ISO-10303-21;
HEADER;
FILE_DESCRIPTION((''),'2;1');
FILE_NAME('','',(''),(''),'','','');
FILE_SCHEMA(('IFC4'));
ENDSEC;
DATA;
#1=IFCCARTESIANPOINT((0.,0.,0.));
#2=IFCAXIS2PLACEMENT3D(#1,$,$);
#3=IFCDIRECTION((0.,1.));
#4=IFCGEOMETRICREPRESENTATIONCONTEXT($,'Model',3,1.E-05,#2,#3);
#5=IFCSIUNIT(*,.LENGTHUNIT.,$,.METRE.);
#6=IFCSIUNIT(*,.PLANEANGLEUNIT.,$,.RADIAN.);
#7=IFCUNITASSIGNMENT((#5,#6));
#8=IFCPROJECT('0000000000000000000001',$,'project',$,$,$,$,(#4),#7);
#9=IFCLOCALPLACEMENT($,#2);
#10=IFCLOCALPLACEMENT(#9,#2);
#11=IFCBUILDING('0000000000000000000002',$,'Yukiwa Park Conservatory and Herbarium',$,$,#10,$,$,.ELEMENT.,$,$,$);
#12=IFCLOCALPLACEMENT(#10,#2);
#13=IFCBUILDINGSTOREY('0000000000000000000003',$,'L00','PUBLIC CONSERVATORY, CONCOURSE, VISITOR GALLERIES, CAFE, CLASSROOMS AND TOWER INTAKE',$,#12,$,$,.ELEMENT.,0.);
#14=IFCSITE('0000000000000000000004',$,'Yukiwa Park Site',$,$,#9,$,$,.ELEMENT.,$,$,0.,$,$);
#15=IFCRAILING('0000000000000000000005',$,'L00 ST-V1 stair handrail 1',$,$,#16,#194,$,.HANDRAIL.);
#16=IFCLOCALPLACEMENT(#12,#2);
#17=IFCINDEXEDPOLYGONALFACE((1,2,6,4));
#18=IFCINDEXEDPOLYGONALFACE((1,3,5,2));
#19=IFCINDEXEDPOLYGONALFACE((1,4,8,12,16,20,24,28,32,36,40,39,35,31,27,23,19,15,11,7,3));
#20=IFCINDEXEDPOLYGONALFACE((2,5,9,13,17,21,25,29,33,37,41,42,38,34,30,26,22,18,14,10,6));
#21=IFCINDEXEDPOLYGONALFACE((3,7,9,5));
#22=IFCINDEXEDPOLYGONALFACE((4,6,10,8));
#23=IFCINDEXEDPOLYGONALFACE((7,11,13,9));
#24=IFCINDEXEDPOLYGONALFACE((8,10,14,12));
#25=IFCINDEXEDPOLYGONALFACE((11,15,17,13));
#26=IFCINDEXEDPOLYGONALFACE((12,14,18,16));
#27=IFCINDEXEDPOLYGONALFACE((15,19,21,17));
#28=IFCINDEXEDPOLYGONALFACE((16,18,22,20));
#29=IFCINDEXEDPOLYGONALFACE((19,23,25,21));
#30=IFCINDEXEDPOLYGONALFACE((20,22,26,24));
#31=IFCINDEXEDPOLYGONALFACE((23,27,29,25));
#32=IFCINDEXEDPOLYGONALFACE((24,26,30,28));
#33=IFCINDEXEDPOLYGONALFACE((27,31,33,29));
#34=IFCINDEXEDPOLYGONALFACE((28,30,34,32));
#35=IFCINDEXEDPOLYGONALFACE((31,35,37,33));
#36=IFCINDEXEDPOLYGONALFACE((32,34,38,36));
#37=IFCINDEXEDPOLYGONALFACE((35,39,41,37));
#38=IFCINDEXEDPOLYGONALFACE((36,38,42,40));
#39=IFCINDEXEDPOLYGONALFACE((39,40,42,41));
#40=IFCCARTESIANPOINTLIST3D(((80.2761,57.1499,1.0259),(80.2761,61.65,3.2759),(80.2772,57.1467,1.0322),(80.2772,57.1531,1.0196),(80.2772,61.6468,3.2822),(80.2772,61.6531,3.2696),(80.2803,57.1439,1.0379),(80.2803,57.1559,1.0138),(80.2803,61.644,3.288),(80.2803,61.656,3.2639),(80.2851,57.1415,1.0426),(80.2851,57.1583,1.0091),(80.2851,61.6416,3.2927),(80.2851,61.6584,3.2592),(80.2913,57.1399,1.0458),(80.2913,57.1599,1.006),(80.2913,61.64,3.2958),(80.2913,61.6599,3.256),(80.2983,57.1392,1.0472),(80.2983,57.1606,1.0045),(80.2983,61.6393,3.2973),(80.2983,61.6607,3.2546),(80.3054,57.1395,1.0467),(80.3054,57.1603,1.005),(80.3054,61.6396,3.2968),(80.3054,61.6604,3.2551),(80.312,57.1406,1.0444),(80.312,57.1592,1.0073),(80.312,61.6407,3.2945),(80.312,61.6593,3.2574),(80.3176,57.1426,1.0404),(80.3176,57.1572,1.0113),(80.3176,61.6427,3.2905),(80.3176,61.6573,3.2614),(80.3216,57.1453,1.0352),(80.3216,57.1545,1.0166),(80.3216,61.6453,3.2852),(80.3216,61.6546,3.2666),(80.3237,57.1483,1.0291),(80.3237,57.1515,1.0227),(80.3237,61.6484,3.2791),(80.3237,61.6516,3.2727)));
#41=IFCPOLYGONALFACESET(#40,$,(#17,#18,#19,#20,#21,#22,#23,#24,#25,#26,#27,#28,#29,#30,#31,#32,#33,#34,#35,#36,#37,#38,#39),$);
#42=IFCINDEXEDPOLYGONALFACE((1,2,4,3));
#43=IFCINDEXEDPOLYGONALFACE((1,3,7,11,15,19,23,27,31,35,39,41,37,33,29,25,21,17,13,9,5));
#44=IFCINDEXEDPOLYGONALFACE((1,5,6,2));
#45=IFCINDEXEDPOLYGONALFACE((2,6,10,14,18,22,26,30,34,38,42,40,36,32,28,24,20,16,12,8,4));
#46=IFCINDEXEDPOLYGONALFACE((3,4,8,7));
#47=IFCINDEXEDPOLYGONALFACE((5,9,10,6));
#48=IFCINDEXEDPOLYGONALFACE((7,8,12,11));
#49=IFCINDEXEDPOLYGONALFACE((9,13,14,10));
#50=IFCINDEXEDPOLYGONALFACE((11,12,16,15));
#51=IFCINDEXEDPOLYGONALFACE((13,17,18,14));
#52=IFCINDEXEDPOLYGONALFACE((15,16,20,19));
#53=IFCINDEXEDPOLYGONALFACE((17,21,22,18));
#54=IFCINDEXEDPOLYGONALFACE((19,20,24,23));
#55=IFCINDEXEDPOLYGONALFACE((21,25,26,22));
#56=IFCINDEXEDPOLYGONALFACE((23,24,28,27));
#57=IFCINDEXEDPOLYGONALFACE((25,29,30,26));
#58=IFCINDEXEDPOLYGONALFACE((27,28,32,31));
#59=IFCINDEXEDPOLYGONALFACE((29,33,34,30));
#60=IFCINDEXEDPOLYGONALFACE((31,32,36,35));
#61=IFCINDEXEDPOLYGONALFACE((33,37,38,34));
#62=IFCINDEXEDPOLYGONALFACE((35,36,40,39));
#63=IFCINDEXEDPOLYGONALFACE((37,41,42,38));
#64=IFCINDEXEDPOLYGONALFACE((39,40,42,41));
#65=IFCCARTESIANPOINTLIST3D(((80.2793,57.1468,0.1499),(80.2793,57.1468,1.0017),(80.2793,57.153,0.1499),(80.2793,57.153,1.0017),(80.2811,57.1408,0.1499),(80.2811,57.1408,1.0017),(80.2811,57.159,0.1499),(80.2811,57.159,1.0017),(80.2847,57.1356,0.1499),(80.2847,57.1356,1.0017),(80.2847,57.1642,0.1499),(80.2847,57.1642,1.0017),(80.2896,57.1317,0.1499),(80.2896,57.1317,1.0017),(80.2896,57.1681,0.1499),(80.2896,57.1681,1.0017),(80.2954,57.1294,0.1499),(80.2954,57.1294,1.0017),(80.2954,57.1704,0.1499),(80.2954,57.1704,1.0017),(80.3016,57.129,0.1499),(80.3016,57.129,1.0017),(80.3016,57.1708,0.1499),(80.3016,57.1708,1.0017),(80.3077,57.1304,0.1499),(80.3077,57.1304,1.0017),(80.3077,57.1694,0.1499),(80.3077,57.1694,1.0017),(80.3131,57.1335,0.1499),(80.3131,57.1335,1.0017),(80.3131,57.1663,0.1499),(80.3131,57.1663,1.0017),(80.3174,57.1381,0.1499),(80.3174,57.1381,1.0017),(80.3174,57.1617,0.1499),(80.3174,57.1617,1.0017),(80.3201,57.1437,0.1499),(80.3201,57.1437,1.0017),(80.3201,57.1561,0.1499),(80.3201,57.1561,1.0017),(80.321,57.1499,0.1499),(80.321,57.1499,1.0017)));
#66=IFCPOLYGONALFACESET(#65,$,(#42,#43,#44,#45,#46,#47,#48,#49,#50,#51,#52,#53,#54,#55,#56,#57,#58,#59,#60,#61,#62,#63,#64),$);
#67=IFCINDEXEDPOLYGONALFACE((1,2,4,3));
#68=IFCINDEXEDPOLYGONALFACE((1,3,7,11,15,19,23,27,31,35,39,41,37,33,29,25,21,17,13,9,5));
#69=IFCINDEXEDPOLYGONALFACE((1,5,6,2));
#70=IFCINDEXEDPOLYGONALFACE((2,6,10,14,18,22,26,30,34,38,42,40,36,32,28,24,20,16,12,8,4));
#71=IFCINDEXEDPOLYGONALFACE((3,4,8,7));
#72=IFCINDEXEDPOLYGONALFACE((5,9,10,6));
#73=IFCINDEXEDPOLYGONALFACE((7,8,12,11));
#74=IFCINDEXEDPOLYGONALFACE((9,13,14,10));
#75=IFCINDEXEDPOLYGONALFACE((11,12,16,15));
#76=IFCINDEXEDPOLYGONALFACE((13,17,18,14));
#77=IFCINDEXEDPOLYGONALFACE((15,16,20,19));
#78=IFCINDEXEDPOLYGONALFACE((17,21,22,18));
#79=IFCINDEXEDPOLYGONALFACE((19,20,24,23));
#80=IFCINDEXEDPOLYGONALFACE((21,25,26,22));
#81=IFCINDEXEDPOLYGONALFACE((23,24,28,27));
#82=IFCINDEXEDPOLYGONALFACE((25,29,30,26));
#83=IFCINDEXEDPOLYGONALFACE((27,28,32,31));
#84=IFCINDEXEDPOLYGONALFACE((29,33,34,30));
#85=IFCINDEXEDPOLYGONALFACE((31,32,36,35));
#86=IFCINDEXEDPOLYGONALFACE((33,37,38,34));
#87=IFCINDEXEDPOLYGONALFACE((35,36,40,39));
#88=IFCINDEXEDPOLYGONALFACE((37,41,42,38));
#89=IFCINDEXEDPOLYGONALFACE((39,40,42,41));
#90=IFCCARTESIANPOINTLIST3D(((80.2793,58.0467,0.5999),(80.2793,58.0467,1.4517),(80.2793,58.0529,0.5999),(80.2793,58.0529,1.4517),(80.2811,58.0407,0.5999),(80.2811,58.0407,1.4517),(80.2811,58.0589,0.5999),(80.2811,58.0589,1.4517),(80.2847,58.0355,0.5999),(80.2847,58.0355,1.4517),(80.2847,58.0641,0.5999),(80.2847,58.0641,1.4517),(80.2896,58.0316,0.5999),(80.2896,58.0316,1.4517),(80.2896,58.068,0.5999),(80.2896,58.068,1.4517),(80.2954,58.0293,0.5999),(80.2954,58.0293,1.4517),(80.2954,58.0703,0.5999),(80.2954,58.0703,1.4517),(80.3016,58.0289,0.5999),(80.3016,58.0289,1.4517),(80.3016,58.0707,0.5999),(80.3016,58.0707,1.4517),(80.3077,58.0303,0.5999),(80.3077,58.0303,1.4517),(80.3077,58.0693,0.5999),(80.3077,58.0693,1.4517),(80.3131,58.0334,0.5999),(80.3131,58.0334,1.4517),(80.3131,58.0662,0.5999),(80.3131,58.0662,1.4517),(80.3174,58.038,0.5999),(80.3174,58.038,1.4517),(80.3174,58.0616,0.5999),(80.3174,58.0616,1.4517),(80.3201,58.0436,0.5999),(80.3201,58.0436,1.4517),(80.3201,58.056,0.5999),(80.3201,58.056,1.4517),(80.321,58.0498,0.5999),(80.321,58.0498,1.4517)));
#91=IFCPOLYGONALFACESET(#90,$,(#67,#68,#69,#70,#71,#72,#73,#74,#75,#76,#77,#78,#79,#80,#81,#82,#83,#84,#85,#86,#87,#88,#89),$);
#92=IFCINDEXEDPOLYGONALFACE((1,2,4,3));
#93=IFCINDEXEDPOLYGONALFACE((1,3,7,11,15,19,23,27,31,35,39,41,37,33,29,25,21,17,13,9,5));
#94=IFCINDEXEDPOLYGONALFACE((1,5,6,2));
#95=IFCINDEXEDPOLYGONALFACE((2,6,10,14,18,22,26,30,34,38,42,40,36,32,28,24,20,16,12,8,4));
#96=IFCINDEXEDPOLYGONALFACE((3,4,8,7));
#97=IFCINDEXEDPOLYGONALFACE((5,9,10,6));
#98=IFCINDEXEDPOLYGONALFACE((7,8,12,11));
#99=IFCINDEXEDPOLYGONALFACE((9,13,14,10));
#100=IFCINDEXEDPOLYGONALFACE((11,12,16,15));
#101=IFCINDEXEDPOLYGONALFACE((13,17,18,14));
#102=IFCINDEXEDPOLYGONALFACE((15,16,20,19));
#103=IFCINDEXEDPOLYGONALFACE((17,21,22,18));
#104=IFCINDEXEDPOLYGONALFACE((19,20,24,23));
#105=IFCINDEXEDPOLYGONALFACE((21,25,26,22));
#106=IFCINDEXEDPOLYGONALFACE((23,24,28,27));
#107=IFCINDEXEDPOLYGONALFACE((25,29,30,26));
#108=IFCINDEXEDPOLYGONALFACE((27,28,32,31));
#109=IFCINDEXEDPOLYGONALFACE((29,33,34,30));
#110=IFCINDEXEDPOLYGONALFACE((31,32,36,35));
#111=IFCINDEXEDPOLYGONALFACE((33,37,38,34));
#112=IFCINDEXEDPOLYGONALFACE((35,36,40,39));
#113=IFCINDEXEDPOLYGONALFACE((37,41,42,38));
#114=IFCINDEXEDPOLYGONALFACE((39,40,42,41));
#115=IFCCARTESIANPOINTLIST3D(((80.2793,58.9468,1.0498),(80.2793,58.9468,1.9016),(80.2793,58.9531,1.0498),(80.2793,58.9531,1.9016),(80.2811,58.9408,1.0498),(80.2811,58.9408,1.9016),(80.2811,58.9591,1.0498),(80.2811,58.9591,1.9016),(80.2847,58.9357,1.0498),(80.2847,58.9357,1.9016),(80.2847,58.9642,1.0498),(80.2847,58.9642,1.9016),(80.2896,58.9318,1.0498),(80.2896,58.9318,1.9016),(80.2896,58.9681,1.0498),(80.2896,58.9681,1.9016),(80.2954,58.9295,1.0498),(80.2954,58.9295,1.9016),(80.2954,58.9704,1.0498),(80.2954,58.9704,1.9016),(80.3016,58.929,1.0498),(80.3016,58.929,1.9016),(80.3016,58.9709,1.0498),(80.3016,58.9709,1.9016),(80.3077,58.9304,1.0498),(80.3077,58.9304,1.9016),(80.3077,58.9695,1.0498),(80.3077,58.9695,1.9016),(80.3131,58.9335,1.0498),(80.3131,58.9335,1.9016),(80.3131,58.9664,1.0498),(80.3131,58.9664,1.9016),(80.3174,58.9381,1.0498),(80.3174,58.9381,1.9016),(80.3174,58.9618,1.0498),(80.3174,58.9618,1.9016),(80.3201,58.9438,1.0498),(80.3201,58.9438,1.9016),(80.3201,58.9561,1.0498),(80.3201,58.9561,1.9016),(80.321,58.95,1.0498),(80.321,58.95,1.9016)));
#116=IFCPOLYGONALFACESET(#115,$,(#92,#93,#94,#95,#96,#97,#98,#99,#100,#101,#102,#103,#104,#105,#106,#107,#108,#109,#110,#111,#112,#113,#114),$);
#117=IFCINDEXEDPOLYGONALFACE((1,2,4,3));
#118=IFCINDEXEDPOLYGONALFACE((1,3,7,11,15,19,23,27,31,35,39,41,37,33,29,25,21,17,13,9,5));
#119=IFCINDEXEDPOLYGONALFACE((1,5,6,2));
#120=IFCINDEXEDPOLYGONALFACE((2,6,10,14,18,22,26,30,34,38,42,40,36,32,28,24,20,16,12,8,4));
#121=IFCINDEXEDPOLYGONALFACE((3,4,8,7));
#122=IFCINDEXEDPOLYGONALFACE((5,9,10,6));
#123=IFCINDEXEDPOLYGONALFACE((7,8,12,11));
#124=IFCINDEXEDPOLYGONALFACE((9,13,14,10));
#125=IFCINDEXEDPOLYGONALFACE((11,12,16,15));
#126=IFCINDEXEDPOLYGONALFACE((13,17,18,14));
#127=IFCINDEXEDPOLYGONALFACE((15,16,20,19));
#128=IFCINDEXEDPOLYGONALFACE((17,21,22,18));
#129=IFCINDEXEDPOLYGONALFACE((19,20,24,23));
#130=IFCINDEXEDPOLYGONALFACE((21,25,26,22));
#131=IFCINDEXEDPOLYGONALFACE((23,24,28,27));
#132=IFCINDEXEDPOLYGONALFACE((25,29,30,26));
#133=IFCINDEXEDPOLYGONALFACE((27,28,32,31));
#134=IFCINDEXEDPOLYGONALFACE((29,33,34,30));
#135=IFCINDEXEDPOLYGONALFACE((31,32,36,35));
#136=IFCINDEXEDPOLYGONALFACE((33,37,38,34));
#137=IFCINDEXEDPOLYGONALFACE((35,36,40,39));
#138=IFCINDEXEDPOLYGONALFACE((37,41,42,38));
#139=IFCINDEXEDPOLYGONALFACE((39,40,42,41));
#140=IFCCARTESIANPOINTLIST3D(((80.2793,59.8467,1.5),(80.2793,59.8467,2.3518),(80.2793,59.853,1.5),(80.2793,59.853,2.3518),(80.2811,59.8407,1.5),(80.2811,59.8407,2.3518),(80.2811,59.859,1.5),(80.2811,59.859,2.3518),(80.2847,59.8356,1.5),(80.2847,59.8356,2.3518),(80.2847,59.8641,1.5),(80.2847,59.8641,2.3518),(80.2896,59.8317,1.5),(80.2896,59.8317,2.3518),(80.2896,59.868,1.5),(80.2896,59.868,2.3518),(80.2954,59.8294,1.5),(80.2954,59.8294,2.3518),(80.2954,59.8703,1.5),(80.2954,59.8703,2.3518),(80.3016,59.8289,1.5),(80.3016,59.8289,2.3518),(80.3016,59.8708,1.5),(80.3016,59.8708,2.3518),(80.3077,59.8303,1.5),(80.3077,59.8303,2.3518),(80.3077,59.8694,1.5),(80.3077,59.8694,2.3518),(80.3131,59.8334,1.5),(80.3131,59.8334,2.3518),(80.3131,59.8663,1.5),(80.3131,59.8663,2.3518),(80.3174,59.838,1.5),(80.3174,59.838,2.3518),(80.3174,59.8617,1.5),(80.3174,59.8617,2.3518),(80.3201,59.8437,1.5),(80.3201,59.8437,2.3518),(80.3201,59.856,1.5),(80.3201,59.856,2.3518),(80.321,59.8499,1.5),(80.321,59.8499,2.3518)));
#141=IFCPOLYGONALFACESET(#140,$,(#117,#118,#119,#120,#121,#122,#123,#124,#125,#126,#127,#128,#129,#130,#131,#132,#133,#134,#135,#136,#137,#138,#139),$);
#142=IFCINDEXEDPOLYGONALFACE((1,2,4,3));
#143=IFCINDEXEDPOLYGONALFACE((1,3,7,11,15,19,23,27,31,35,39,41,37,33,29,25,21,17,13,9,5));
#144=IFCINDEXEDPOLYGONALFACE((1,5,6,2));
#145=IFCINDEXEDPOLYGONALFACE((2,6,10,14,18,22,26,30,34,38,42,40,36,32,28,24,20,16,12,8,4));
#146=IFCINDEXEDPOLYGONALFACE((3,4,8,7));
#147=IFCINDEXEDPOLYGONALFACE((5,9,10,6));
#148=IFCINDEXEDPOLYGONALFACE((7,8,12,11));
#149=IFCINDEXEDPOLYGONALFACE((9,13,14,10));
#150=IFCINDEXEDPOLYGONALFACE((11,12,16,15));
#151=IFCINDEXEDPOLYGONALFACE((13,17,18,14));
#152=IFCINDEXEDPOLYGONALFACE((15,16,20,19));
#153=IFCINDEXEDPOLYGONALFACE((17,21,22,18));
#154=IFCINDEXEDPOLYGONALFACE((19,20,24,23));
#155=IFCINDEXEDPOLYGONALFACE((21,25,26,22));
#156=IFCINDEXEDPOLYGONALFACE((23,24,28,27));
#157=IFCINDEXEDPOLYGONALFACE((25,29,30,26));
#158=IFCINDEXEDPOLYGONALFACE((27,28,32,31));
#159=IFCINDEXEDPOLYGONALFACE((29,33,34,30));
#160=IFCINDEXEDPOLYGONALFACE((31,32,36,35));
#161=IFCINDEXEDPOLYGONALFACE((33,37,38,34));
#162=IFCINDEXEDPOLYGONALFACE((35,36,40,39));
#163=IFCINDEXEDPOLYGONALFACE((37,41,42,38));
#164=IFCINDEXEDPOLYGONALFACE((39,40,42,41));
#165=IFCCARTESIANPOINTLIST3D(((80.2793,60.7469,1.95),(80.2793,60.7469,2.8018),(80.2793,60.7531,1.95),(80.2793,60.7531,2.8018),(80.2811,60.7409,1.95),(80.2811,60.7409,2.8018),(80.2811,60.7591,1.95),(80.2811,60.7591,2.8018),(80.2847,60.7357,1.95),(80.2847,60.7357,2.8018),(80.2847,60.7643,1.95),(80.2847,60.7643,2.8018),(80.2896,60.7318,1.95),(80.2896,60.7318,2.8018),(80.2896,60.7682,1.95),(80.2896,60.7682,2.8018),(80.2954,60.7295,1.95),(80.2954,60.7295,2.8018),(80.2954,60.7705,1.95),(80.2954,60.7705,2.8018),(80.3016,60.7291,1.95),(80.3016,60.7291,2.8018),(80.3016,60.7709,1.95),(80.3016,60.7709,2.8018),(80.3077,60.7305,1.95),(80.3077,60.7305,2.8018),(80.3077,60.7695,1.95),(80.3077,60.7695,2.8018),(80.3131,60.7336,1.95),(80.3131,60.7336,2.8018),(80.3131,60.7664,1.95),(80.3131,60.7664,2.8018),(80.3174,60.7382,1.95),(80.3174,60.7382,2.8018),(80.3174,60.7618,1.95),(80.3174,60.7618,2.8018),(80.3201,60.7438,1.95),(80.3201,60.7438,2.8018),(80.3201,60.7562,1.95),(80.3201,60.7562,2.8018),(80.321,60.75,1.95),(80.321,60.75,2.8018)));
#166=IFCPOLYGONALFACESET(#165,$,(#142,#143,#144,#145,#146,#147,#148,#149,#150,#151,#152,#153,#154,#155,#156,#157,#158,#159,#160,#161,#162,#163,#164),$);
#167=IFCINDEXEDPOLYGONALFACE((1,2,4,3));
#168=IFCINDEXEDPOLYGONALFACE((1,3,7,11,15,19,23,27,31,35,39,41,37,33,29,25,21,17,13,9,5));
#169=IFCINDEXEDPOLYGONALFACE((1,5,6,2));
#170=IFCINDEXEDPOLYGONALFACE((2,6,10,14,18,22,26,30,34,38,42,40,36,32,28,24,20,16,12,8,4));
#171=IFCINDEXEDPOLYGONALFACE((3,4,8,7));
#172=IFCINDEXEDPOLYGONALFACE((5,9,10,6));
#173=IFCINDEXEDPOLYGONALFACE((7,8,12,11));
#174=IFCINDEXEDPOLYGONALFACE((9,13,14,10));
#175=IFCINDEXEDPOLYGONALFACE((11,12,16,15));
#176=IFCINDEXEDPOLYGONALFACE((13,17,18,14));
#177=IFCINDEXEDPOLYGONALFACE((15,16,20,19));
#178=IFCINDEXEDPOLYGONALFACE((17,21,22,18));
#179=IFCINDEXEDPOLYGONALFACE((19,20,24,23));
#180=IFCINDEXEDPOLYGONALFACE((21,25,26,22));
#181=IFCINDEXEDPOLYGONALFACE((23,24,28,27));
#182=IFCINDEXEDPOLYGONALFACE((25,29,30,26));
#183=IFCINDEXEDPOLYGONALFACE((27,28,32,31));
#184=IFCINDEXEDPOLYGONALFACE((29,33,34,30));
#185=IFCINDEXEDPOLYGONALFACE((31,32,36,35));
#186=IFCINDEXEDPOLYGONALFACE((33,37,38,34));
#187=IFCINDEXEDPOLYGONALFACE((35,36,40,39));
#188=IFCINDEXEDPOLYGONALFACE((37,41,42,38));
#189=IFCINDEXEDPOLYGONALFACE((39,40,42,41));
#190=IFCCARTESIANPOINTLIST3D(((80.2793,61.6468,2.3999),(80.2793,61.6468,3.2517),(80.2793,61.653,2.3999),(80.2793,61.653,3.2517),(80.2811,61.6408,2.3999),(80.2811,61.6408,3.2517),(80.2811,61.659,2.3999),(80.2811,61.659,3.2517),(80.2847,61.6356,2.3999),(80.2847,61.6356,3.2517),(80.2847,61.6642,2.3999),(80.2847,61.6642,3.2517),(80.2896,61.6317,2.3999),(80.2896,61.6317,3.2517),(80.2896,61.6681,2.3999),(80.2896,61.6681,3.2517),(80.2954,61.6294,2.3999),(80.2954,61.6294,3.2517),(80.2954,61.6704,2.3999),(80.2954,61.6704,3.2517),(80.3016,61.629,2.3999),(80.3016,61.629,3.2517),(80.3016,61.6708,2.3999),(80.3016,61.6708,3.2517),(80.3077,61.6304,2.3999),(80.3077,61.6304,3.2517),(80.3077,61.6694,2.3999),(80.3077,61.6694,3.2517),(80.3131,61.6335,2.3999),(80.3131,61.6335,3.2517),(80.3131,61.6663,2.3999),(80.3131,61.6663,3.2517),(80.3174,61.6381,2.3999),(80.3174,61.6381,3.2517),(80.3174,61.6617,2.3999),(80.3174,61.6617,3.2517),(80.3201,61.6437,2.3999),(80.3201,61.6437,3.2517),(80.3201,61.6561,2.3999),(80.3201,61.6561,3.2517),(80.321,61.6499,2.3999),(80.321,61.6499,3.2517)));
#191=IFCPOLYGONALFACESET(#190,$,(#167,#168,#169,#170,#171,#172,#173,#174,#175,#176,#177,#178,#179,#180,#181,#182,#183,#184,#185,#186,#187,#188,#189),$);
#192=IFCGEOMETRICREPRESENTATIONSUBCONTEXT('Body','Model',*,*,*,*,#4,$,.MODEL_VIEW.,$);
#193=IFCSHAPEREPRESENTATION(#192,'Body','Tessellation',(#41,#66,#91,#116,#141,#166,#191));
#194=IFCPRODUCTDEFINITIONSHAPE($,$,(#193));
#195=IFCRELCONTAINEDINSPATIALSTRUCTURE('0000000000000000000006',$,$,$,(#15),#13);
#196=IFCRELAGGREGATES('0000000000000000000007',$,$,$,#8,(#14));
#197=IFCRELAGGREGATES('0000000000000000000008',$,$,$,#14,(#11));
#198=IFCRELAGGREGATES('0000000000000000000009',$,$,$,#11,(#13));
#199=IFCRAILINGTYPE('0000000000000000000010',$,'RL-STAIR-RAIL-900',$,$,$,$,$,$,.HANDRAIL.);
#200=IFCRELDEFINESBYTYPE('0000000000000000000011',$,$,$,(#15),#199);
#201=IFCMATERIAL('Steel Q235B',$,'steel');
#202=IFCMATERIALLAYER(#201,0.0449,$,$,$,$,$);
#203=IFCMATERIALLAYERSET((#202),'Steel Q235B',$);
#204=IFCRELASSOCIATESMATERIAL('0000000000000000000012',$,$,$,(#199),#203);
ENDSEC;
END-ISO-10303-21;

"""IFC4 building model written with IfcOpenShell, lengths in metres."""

from ifc_helpers import new_model, si_unit, direction, frame, origin, origin_2d, place, context, subcontext, project, spatial, circle, extrude, material, layer, layer_set, type_object, element, save


model = new_model("IFC4")

# Units and contexts
model_context = context("Model", 3, precision=1e-05, world=origin(), true_north=direction((0.0, 1.0)))
body_context = subcontext(model_context, "Body", "Model", "MODEL_VIEW")
ifc_project = project(units=[si_unit("LENGTHUNIT", "METRE"), si_unit("PLANEANGLEUNIT", "RADIAN")], contexts=[model_context])

# Site, building, storey
site_placement = place(None, origin())
site = spatial("IfcSite", under=ifc_project, at=site_placement, Name="Yukiwa Park Site", CompositionType="ELEMENT", RefElevation=0.0)
building_placement = place(site_placement, origin())
building = spatial("IfcBuilding", under=site, at=building_placement, Name="Yukiwa Park Conservatory and Herbarium", CompositionType="ELEMENT")
storey_placement = place(building_placement, origin())
storey = spatial("IfcBuildingStorey", under=building, at=storey_placement, Name="L00", Description="PUBLIC CONSERVATORY, CONCOURSE, VISITOR GALLERIES, CAFE, CLASSROOMS AND TOWER INTAKE", CompositionType="ELEMENT", Elevation=0.0)

# Railing
ifc_material_1 = material(Name="Steel Q235B", Category="steel")
ifc_layer_1 = layer(ifc_material_1, 0.0449)
ifc_layer_set_1 = layer_set([ifc_layer_1], Name="Steel Q235B")
railing_type = type_object("IfcRailingType", Name="RL-STAIR-RAIL-900", PredefinedType="HANDRAIL", material=ifc_layer_set_1)
railing_placement = place(storey_placement, frame((80.3, 57.1499, 0.1499)))
element("IfcRailing", 1, at=railing_placement, inside=storey, type_object=railing_type, Name="L00 ST-V1 stair handrail 1", PredefinedType="HANDRAIL", context=body_context, shape_type="SweptSolid", body=[
    extrude(circle(Radius=0.0239, at=origin_2d()), frame((0.0, 0.0, 0.876), z_axis=(0.0, 0.894427, 0.447214), x_axis=(-1.0, 0.0, 0.0)), (0.0, 0.0, 1.0), 5.0312),
    extrude(circle(Radius=0.021, at=origin_2d()), origin(), (0.0, 0.0, 1.0), 0.8518),
    extrude(circle(Radius=0.021, at=origin_2d()), frame((0.0, 0.8999, 0.45)), (0.0, 0.0, 1.0), 0.8518),
    extrude(circle(Radius=0.021, at=origin_2d()), frame((0.0, 1.8, 0.8999)), (0.0, 0.0, 1.0), 0.8518),
    extrude(circle(Radius=0.021, at=origin_2d()), frame((0.0, 2.7, 1.3501)), (0.0, 0.0, 1.0), 0.8518),
    extrude(circle(Radius=0.021, at=origin_2d()), frame((0.0, 3.6001, 1.8)), (0.0, 0.0, 1.0), 0.8518),
    extrude(circle(Radius=0.021, at=origin_2d()), frame((0.0, 4.5, 2.25)), (0.0, 0.0, 1.0), 0.8518),
])

save(model, "model.ifc")
